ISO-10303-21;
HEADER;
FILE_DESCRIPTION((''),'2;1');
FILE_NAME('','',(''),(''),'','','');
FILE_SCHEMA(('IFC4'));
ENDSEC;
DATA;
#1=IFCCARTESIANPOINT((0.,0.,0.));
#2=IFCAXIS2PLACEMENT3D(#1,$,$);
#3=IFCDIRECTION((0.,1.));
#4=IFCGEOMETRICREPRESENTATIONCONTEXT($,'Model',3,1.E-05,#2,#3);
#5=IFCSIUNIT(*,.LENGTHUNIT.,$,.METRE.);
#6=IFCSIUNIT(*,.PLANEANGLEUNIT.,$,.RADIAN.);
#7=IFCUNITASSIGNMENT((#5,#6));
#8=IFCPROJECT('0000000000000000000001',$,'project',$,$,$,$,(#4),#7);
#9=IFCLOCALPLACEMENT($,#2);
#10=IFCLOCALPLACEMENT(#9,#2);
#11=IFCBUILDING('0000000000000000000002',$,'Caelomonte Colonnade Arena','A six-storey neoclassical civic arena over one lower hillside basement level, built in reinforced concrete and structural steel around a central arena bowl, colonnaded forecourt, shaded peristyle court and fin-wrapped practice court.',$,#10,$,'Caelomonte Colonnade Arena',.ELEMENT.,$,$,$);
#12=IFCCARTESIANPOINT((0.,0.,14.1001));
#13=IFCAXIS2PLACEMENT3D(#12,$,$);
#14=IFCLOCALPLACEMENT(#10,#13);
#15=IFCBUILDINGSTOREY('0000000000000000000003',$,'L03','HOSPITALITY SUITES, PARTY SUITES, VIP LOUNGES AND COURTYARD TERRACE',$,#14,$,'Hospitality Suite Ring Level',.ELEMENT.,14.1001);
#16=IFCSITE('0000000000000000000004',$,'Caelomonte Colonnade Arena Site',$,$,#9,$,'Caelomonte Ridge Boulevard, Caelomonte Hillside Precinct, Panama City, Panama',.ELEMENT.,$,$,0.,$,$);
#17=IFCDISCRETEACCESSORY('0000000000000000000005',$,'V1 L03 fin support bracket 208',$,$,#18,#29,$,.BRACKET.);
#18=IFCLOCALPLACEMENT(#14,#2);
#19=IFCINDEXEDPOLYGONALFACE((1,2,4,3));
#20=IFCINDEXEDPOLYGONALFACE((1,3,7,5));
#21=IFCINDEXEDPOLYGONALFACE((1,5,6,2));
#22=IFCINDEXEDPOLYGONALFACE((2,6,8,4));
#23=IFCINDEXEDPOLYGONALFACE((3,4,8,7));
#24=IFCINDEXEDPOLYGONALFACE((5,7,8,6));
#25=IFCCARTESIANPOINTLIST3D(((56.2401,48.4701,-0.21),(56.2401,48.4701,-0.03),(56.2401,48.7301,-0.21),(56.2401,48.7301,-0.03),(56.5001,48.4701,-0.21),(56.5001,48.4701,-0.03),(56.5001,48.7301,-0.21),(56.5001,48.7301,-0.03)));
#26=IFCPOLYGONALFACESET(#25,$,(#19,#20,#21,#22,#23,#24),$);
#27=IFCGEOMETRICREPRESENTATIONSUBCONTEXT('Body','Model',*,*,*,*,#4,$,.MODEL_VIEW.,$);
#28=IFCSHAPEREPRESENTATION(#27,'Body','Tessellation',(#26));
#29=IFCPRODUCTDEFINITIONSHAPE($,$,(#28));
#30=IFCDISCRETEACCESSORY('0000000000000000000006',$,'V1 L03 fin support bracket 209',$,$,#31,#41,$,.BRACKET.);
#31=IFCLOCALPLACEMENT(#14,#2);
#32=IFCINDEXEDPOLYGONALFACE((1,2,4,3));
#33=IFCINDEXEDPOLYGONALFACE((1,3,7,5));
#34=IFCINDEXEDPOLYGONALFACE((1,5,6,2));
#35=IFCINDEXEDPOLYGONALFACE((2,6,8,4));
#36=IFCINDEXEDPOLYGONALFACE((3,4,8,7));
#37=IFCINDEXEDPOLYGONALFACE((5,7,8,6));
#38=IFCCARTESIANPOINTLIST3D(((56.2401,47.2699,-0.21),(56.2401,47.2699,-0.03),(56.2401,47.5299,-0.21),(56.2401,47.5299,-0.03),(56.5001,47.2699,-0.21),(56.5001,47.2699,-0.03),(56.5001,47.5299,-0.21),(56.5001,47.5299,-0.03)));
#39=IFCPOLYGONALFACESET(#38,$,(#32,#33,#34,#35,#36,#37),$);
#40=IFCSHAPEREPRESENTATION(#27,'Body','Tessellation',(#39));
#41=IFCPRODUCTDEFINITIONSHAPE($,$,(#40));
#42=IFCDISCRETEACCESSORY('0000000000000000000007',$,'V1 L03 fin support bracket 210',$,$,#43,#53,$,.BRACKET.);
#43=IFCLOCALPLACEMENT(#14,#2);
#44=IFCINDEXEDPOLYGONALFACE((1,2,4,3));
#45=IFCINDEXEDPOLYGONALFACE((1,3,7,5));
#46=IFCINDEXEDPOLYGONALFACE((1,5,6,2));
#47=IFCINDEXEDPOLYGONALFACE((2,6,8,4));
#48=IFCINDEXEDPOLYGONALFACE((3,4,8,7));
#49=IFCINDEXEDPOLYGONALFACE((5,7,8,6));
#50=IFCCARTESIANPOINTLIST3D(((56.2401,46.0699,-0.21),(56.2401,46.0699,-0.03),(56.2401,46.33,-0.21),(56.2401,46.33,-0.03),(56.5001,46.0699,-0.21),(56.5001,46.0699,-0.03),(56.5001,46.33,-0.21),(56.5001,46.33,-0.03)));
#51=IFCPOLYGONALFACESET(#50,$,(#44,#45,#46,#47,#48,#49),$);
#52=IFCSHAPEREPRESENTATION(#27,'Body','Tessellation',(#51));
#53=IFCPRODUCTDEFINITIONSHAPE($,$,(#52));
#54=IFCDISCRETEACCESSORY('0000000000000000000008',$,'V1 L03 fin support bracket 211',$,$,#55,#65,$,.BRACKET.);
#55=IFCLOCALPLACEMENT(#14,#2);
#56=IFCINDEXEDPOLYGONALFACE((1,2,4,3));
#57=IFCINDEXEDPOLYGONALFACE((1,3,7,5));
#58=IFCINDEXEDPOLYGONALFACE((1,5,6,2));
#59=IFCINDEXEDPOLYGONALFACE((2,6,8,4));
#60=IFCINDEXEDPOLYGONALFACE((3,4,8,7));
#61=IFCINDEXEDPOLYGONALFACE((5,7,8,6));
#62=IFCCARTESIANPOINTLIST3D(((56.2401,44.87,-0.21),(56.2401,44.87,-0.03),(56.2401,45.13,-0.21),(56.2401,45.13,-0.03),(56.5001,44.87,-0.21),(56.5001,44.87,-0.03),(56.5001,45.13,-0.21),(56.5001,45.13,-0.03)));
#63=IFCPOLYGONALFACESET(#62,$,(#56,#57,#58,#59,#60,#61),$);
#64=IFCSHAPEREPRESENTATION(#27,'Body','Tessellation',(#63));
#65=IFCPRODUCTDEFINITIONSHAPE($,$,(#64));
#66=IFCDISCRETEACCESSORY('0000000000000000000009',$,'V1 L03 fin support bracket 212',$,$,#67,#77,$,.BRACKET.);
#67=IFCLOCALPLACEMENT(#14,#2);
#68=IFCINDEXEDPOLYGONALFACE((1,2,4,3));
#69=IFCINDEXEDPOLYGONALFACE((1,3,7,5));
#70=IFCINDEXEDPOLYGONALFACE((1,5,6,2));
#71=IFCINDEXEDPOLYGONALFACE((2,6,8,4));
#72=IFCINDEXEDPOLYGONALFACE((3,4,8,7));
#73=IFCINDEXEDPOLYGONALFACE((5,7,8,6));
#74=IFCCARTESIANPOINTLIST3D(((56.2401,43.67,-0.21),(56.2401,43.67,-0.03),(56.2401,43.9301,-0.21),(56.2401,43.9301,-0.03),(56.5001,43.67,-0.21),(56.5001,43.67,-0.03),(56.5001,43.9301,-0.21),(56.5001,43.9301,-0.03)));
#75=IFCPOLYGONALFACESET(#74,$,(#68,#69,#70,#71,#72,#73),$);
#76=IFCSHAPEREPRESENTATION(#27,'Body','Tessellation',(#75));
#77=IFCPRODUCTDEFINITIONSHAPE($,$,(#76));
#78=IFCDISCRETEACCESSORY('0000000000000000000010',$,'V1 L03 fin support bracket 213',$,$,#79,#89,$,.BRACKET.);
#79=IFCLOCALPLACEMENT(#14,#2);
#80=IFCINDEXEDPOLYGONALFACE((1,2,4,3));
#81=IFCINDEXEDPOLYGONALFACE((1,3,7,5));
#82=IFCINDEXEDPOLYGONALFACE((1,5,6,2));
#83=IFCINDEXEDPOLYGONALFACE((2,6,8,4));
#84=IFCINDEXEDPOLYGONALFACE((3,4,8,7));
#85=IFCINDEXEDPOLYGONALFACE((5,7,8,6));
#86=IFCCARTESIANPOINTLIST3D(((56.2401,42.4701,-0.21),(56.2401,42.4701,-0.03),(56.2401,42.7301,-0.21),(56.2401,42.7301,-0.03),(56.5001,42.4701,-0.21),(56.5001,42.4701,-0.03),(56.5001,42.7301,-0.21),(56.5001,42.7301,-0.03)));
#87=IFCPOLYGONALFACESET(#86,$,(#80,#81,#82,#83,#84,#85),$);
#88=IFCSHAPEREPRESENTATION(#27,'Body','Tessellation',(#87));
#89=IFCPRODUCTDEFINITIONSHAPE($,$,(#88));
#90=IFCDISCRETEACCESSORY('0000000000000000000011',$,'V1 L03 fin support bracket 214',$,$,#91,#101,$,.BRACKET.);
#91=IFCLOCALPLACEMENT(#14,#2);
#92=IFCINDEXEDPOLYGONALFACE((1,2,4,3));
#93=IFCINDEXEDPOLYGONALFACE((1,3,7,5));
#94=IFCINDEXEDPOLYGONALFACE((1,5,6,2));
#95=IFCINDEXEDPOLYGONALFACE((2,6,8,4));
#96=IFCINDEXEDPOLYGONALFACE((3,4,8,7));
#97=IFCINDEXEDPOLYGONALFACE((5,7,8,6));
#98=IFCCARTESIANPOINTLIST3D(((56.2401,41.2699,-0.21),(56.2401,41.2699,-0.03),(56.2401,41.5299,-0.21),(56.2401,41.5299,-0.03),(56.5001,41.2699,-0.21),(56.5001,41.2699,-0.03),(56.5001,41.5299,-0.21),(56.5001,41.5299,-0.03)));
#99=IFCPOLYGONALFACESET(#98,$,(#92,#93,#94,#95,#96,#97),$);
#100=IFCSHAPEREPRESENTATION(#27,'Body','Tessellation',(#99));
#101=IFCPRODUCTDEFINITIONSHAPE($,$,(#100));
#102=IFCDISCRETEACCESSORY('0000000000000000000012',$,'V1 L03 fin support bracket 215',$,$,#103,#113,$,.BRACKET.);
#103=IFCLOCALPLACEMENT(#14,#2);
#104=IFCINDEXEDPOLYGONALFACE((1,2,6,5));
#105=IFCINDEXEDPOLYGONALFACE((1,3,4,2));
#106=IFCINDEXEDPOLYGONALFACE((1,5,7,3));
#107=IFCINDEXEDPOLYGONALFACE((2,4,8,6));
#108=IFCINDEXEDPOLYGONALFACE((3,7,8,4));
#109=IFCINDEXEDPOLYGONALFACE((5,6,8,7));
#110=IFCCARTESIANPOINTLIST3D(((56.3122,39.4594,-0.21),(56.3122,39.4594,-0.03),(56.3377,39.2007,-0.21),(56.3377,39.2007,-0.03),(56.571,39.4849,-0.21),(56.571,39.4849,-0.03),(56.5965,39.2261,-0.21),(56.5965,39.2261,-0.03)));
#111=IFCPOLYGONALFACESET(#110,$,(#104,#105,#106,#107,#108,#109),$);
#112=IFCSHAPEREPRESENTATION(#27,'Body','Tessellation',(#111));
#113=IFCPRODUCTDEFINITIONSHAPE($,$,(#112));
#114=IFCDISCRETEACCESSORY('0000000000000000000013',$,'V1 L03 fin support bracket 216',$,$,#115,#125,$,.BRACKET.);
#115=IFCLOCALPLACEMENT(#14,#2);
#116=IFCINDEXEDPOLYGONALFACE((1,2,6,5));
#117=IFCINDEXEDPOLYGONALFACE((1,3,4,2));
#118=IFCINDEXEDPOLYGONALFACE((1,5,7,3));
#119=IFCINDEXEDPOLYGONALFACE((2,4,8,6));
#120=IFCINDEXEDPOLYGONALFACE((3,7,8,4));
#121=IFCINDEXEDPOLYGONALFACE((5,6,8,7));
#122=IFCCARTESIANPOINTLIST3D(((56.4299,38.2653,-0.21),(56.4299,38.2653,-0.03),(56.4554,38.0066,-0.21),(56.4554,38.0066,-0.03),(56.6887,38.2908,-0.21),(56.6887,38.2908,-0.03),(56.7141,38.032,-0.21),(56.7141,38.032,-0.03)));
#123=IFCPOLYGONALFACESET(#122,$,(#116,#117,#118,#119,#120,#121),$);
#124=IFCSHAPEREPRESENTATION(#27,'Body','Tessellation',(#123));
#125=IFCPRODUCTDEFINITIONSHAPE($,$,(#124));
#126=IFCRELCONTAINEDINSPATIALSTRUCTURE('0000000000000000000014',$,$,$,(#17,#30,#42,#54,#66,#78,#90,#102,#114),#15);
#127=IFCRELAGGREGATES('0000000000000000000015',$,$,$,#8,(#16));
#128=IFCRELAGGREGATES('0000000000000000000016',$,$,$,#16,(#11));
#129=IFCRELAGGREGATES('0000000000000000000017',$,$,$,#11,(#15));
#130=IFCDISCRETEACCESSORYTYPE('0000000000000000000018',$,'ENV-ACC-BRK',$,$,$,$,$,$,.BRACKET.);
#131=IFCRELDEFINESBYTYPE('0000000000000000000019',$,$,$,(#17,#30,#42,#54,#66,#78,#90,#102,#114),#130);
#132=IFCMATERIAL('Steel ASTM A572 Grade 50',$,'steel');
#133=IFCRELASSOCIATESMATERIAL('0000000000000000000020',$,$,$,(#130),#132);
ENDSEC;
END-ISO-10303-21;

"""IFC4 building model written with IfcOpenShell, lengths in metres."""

from ifc_helpers import new_model, si_unit, direction, frame, origin, origin_2d, place, context, subcontext, project, spatial, rectangle, extrude, material, type_object, element, save


model = new_model("IFC4")

# Units and contexts
model_context = context("Model", 3, precision=1e-05, world=origin(), true_north=direction((0.0, 1.0)))
body_context = subcontext(model_context, "Body", "Model", "MODEL_VIEW")
ifc_project = project(units=[si_unit("LENGTHUNIT", "METRE"), si_unit("PLANEANGLEUNIT", "RADIAN")], contexts=[model_context])

# Site, building, storey
site_placement = place(None, origin())
site = spatial("IfcSite", under=ifc_project, at=site_placement, Name="Caelomonte Colonnade Arena Site", LongName="Caelomonte Ridge Boulevard, Caelomonte Hillside Precinct, Panama City, Panama", CompositionType="ELEMENT", RefElevation=0.0)
building_placement = place(site_placement, origin())
building = spatial("IfcBuilding", under=site, at=building_placement, Name="Caelomonte Colonnade Arena", Description="A six-storey neoclassical civic arena over one lower hillside basement level, built in reinforced concrete and structural steel around a central arena bowl, colonnaded forecourt, shaded peristyle court and fin-wrapped practice court.", LongName="Caelomonte Colonnade Arena", CompositionType="ELEMENT")
storey_placement = place(building_placement, frame((0.0, 0.0, 14.1001)))
storey = spatial("IfcBuildingStorey", under=building, at=storey_placement, Name="L03", Description="HOSPITALITY SUITES, PARTY SUITES, VIP LOUNGES AND COURTYARD TERRACE", LongName="Hospitality Suite Ring Level", CompositionType="ELEMENT", Elevation=14.1001)

# Discrete accessories
ifc_material_1 = material(Name="Steel ASTM A572 Grade 50", Category="steel")
discrete_accessory_type = type_object("IfcDiscreteAccessoryType", Name="ENV-ACC-BRK", PredefinedType="BRACKET", material=ifc_material_1)
for number, where, z_axis, x_axis, name in (
    (1, (56.3701, 48.6001, -0.21), (0.0, 0.0, 1.0), (0.0, -1.0, 0.0), "V1 L03 fin support bracket 208"),
    (2, (56.3701, 47.3999, -0.21), (0.0, 0.0, 1.0), (0.0, -1.0, 0.0), "V1 L03 fin support bracket 209"),
    (3, (56.3701, 46.2, -0.21), (0.0, 0.0, 1.0), (0.0, -1.0, 0.0), "V1 L03 fin support bracket 210"),
    (4, (56.3701, 45.0, -0.21), (0.0, 0.0, 1.0), (0.0, -1.0, 0.0), "V1 L03 fin support bracket 211"),
    (5, (56.3701, 43.8, -0.21), (0.0, 0.0, 1.0), (0.0, -1.0, 0.0), "V1 L03 fin support bracket 212"),
    (6, (56.3701, 42.6001, -0.21), (0.0, 0.0, 1.0), (0.0, -1.0, 0.0), "V1 L03 fin support bracket 213"),
    (7, (56.3701, 41.3999, -0.21), (0.0, 0.0, 1.0), (0.0, -1.0, 0.0), "V1 L03 fin support bracket 214"),
    (8, (56.4543, 39.3428, -0.21), (0.0, 0.0, 1.0), (0.098015, -0.995185, 0.0), "V1 L03 fin support bracket 215"),
    (9, (56.572, 38.1487, -0.21), (0.0, 0.0, 1.0), (0.098015, -0.995185, 0.0), "V1 L03 fin support bracket 216"),
):
    element("IfcDiscreteAccessory", number, at=place(storey_placement, frame(where, z_axis=z_axis, x_axis=x_axis)), inside=storey, type_object=discrete_accessory_type, Name=name, PredefinedType="BRACKET", context=body_context, shape_type="SweptSolid", body=[
        extrude(rectangle(XDim=0.26, YDim=0.26, at=origin_2d()), origin(), (0.0, 0.0, 1.0), 0.1799),
    ])

save(model, "model.ifc")
